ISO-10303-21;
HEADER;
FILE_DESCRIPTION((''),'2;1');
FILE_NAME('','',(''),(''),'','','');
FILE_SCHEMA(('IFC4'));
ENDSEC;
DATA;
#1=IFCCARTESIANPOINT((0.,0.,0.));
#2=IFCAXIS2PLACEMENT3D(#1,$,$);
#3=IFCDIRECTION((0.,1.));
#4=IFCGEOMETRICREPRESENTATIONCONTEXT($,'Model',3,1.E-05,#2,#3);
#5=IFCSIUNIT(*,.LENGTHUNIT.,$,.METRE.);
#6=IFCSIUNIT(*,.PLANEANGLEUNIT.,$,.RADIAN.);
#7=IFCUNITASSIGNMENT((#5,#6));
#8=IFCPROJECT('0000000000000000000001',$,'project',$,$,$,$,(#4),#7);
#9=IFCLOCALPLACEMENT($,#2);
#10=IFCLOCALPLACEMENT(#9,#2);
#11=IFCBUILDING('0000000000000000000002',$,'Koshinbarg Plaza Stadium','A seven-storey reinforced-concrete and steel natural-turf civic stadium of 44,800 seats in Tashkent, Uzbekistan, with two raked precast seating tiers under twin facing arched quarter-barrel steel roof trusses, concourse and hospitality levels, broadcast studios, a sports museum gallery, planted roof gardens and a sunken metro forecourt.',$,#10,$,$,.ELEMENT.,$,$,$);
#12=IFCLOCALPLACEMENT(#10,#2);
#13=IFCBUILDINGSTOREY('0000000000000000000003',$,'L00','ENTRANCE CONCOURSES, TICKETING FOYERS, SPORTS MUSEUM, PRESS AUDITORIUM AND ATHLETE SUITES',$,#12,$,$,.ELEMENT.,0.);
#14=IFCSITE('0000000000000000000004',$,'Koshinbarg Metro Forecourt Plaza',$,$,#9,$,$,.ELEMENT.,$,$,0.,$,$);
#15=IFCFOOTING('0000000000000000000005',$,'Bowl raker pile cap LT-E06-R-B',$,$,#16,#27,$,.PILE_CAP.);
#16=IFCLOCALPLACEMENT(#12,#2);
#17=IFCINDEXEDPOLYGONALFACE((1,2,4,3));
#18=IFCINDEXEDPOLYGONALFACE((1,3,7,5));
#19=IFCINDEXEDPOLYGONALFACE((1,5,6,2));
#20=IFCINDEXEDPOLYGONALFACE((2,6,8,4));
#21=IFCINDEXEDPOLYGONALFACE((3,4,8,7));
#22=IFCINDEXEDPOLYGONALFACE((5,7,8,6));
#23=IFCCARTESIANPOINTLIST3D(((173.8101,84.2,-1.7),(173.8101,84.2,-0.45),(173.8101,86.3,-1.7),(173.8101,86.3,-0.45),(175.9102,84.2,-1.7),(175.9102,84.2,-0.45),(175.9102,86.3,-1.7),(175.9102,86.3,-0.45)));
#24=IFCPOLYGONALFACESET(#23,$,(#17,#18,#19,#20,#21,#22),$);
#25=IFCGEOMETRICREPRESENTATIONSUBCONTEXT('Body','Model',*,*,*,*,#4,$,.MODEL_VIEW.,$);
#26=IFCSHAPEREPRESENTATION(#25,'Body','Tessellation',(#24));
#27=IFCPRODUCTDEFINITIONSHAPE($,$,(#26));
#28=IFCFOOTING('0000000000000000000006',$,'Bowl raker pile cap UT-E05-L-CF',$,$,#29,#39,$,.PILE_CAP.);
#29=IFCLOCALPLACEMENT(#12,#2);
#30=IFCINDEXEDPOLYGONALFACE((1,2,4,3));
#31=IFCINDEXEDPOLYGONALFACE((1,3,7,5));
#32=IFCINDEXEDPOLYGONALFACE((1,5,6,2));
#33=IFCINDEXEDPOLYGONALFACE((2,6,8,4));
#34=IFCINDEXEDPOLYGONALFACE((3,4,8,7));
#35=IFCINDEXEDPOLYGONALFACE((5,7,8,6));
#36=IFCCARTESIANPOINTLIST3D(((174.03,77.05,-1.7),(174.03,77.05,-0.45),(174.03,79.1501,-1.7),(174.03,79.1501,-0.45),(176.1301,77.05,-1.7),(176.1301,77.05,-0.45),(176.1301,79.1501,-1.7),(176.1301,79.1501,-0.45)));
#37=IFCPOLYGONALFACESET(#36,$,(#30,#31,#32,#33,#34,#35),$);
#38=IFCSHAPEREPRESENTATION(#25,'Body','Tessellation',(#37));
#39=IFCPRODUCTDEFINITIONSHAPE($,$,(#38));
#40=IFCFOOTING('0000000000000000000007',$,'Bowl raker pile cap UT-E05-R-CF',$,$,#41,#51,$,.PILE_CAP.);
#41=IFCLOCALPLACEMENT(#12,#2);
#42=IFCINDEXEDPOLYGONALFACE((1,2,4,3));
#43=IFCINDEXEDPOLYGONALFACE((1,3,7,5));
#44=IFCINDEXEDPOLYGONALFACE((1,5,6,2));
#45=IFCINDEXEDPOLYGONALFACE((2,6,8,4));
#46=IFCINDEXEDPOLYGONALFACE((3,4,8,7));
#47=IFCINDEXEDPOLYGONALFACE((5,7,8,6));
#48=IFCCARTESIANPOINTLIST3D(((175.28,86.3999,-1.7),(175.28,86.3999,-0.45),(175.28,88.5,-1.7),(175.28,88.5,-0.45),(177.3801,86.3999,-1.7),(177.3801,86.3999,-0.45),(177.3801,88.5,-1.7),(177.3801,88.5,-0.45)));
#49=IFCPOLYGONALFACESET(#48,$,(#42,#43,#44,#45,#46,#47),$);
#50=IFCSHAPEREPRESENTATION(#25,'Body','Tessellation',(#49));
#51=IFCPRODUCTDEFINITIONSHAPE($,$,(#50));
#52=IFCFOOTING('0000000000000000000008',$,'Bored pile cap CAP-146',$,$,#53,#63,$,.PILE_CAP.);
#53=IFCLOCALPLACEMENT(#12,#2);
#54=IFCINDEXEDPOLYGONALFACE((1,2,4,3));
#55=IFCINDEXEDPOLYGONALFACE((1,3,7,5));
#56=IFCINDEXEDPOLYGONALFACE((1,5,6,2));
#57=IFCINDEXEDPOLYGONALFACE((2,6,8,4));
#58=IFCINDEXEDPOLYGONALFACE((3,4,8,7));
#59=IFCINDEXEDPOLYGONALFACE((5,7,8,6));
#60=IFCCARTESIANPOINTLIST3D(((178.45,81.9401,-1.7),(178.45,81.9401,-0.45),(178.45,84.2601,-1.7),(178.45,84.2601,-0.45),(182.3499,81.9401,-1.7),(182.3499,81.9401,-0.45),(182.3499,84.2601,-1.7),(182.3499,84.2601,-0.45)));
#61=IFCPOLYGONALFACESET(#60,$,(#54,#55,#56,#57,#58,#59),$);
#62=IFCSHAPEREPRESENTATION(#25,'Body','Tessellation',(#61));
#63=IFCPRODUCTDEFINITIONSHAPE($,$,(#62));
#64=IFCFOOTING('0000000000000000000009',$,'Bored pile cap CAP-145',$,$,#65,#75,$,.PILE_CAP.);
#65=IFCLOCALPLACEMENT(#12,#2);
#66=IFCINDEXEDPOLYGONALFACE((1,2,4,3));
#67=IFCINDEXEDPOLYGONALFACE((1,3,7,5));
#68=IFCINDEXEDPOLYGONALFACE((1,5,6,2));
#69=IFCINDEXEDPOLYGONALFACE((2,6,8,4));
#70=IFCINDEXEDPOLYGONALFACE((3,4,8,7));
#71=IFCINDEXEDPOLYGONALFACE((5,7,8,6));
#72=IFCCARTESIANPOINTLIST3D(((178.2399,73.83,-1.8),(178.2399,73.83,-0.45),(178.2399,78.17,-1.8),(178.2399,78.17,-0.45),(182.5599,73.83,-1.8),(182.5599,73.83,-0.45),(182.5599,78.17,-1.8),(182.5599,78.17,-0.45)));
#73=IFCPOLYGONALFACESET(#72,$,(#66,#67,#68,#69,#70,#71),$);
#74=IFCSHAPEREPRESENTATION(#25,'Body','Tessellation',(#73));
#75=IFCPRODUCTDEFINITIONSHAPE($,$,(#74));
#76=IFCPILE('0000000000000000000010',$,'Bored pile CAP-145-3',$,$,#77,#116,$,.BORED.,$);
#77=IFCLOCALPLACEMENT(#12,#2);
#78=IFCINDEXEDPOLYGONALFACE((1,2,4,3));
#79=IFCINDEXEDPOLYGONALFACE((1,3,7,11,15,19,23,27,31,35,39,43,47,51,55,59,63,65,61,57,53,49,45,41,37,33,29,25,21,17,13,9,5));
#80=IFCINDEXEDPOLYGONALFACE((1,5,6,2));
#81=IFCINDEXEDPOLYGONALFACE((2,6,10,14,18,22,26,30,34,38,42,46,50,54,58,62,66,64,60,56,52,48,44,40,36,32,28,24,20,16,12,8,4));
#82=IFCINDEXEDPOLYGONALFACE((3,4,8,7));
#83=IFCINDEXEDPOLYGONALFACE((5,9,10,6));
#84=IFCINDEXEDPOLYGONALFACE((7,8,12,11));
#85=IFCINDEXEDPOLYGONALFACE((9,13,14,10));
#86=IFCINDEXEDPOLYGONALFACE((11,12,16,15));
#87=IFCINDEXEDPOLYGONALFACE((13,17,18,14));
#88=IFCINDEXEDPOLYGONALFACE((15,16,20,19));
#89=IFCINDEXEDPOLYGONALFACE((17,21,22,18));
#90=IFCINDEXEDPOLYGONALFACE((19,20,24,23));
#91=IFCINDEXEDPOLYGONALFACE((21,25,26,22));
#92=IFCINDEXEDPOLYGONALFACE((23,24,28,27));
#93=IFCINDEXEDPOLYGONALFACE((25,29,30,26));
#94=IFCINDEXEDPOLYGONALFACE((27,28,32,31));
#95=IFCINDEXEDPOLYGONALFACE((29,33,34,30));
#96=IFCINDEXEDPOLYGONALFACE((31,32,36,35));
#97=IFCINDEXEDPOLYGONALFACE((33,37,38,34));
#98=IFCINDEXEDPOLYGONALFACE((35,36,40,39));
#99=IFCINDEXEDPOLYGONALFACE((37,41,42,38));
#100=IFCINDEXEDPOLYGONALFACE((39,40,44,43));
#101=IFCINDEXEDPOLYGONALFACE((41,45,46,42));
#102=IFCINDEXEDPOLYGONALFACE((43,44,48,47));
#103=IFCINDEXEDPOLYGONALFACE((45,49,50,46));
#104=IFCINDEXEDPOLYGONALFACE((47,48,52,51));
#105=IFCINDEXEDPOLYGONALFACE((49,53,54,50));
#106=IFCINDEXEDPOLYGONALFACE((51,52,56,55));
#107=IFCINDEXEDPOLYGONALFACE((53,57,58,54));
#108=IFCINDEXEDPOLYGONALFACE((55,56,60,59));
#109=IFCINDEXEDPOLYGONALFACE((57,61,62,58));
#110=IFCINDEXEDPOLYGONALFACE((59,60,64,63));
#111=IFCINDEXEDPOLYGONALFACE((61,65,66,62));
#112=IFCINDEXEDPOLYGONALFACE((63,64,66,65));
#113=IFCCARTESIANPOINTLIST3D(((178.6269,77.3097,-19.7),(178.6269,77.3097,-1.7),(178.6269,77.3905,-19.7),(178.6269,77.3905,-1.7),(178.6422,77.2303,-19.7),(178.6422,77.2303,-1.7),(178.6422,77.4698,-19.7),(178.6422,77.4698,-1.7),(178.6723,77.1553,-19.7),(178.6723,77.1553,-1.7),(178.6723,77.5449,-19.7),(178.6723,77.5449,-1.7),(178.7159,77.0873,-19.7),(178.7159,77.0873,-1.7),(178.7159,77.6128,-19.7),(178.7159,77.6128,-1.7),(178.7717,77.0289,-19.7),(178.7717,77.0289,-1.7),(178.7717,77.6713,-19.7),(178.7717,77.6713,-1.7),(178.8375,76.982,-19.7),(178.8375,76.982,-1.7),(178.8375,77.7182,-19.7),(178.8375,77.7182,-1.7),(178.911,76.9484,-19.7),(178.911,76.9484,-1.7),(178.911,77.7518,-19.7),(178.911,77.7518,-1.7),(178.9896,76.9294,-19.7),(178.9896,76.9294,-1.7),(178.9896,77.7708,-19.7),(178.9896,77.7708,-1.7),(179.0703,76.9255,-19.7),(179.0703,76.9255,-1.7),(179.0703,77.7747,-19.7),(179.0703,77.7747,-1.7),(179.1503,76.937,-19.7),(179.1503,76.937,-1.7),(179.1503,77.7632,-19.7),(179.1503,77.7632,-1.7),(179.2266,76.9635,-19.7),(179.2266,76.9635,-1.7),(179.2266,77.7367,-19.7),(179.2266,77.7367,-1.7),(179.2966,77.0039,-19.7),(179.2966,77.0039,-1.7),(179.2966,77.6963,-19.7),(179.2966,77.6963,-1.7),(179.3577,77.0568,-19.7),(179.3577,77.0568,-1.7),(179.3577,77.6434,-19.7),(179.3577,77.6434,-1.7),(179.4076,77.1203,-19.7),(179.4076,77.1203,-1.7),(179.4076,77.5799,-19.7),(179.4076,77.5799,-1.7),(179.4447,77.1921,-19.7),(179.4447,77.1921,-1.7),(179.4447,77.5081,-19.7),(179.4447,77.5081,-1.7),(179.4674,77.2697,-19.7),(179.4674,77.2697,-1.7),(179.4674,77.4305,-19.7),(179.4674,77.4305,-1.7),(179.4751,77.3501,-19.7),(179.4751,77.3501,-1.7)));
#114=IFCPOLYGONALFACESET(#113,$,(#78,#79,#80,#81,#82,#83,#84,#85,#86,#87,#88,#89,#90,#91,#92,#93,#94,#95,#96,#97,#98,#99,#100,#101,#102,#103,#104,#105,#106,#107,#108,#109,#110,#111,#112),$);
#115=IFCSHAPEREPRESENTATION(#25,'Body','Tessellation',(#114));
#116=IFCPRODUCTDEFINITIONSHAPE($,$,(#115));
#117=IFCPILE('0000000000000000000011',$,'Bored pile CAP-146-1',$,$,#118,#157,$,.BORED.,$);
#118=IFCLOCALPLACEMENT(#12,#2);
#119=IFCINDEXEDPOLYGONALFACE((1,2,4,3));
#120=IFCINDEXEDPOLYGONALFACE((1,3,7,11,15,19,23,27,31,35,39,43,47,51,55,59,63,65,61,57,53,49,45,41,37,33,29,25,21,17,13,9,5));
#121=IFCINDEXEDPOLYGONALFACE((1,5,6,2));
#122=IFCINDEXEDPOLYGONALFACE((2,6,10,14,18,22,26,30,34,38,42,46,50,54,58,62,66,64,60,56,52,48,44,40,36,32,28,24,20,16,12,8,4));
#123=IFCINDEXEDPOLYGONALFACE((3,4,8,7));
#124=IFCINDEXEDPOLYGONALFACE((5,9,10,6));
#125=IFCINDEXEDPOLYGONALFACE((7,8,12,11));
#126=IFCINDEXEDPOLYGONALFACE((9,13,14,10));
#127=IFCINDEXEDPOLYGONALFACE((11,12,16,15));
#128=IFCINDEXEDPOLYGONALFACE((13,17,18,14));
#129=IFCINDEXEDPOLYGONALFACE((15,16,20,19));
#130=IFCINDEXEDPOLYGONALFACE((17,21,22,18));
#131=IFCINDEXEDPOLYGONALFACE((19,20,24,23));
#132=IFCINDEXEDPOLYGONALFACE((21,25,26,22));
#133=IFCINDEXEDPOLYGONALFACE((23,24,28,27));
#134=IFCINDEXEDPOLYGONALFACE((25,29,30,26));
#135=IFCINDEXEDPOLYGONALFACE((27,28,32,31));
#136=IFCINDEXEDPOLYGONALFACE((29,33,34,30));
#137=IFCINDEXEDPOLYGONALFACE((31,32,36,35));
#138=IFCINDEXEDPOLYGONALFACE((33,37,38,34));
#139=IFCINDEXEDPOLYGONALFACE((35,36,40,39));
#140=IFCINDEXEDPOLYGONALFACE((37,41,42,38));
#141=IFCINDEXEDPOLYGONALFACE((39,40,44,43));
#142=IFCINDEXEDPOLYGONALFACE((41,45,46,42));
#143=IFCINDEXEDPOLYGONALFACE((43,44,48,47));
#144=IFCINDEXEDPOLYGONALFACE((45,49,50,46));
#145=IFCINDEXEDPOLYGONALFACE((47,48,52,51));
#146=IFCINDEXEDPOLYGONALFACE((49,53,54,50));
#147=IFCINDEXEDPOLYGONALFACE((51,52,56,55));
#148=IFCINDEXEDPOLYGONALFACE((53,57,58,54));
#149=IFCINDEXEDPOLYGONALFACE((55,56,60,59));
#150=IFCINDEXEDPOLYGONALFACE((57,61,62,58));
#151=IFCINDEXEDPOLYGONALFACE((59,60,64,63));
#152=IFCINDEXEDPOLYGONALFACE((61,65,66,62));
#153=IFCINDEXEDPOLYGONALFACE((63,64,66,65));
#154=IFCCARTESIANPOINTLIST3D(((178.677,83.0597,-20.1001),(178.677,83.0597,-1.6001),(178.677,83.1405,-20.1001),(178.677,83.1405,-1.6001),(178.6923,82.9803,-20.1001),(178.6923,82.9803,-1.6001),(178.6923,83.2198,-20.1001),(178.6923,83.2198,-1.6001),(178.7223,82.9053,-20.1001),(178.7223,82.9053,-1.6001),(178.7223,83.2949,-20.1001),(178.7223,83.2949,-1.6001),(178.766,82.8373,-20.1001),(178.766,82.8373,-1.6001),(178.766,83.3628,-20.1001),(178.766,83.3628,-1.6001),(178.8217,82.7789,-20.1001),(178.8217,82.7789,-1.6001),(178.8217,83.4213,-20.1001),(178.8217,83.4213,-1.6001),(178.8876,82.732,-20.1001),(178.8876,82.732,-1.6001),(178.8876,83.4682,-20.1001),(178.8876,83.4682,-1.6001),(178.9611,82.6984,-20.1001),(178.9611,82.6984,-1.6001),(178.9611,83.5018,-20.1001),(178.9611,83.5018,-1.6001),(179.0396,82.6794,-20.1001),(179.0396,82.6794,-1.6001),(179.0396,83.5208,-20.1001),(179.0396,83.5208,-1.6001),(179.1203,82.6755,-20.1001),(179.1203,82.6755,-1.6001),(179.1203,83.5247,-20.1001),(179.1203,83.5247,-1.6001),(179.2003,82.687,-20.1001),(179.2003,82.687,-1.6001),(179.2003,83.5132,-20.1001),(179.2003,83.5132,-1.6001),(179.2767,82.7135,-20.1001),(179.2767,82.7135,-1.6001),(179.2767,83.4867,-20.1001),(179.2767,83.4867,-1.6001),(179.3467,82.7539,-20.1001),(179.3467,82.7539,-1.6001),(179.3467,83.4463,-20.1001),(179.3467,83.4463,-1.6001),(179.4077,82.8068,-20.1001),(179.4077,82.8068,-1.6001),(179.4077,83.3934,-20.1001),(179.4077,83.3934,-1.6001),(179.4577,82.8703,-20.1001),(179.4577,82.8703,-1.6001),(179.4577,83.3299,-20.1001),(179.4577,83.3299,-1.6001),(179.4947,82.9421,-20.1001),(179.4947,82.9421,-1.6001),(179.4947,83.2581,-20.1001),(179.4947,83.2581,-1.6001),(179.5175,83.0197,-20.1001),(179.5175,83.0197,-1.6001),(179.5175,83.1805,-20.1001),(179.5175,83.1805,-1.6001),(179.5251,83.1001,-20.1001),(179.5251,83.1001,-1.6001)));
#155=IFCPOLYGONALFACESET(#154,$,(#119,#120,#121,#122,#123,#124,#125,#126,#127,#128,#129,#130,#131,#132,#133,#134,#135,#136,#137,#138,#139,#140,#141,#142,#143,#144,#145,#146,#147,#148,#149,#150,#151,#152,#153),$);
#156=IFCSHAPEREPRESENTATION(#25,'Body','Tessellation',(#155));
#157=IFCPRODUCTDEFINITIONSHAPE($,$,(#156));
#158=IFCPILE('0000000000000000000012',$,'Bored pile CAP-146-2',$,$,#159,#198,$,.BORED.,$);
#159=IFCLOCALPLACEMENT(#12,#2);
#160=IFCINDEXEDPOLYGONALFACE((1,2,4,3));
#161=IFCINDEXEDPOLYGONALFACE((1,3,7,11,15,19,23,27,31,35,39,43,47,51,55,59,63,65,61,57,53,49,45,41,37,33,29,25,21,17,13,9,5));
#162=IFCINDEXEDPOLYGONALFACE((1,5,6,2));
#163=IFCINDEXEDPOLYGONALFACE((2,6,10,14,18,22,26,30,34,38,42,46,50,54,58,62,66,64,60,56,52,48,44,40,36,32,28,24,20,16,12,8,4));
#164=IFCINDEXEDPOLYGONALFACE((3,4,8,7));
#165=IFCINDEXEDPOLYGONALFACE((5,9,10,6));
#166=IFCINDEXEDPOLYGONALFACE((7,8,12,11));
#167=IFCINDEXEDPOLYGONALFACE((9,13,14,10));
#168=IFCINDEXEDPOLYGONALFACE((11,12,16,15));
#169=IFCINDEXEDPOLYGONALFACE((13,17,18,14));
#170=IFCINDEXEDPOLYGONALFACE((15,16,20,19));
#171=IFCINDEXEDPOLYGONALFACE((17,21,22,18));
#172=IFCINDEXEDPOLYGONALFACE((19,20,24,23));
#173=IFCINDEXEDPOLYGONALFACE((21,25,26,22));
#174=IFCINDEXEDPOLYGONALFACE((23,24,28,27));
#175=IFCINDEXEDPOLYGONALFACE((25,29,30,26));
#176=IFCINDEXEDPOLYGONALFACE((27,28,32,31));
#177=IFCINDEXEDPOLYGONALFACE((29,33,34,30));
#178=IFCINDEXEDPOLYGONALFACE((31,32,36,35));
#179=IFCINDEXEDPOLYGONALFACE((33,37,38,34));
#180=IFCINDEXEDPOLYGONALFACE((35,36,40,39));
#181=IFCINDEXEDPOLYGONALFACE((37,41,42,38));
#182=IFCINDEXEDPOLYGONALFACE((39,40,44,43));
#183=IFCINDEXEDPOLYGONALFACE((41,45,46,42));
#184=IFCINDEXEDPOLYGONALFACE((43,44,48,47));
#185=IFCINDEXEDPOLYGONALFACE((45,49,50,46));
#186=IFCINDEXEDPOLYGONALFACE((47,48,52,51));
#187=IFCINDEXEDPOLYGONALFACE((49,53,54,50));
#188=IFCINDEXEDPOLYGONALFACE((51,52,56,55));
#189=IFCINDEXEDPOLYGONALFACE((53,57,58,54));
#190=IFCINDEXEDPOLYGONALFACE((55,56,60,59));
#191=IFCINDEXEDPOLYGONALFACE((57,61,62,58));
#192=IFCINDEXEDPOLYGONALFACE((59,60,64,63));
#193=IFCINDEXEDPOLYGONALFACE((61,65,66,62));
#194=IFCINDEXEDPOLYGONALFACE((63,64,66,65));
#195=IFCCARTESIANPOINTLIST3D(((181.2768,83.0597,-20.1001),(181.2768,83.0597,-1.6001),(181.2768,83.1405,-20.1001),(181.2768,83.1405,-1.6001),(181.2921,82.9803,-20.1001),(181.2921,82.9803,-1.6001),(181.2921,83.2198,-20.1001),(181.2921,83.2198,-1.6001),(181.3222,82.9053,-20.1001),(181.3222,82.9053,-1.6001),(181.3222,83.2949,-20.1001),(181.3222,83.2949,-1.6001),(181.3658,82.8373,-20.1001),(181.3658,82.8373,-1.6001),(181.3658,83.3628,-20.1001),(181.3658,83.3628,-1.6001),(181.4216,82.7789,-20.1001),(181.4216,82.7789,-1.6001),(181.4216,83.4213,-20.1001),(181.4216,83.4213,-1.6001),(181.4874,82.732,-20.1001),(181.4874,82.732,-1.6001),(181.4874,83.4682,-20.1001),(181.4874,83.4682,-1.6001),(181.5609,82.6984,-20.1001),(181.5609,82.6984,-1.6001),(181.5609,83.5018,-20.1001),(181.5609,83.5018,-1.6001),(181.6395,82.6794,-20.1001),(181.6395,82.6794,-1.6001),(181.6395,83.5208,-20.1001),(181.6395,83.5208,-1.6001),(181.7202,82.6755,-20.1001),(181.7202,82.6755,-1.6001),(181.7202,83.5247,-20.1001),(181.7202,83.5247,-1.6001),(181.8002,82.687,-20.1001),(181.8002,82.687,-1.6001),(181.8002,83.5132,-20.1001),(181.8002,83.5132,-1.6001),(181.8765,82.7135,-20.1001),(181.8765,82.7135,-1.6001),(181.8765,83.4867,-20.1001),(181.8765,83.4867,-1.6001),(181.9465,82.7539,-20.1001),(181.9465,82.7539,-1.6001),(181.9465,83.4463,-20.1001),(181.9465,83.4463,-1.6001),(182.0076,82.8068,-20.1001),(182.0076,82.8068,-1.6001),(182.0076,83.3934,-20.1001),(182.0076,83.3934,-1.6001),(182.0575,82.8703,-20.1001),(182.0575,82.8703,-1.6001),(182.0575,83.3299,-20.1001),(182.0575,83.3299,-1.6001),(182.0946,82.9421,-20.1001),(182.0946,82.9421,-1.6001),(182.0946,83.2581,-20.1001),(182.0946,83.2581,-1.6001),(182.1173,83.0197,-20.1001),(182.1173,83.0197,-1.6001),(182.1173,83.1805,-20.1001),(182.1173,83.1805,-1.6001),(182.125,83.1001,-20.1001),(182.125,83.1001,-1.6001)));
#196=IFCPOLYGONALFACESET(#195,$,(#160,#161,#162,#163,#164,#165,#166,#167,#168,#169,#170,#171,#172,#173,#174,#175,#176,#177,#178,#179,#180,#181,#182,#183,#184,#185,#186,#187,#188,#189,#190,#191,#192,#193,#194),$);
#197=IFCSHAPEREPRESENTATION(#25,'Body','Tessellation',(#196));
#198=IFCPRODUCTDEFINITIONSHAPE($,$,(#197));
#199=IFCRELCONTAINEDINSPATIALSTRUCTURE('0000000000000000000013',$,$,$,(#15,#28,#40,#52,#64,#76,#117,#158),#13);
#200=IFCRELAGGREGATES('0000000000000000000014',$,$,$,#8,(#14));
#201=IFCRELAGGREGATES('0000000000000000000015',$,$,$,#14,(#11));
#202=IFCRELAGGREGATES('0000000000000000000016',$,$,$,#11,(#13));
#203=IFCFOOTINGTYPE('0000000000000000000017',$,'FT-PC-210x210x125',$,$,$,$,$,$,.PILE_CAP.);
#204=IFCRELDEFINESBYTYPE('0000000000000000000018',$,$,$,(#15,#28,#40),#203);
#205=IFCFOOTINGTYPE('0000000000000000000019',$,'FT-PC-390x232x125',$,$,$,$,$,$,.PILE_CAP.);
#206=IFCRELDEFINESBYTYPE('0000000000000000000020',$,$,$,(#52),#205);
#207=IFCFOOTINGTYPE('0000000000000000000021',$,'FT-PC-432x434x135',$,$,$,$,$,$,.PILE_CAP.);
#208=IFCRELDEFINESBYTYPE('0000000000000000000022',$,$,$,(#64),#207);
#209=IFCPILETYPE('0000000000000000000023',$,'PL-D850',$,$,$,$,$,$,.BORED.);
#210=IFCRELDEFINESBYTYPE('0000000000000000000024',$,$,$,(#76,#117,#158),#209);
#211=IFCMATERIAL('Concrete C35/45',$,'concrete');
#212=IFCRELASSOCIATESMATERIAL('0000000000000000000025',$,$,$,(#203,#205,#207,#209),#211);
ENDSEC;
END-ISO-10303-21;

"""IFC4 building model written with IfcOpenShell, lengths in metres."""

from ifc_helpers import new_model, si_unit, direction, frame, origin, origin_2d, place, context, subcontext, project, spatial, rectangle, circle, extrude, material, material_profile, profile_set, type_object, element, save


model = new_model("IFC4")

# Units and contexts
model_context = context("Model", 3, precision=1e-05, world=origin(), true_north=direction((0.0, 1.0)))
body_context = subcontext(model_context, "Body", "Model", "MODEL_VIEW")
ifc_project = project(units=[si_unit("LENGTHUNIT", "METRE"), si_unit("PLANEANGLEUNIT", "RADIAN")], contexts=[model_context])

# Site, building, storey
site_placement = place(None, origin())
site = spatial("IfcSite", under=ifc_project, at=site_placement, Name="Koshinbarg Metro Forecourt Plaza", CompositionType="ELEMENT", RefElevation=0.0)
building_placement = place(site_placement, origin())
building = spatial("IfcBuilding", under=site, at=building_placement, Name="Koshinbarg Plaza Stadium", Description="A seven-storey reinforced-concrete and steel natural-turf civic stadium of 44,800 seats in Tashkent, Uzbekistan, with two raked precast seating tiers under twin facing arched quarter-barrel steel roof trusses, concourse and hospitality levels, broadcast studios, a sports museum gallery, planted roof gardens and a sunken metro forecourt.", CompositionType="ELEMENT")
storey_placement = place(building_placement, origin())
storey = spatial("IfcBuildingStorey", under=building, at=storey_placement, Name="L00", Description="ENTRANCE CONCOURSES, TICKETING FOYERS, SPORTS MUSEUM, PRESS AUDITORIUM AND ATHLETE SUITES", CompositionType="ELEMENT", Elevation=0.0)

# Footings
ifc_material_1 = material(Name="Concrete C35/45", Category="concrete")
footing_type_1 = type_object("IfcFootingType", Name="FT-PC-210x210x125", PredefinedType="PILE_CAP", material=ifc_material_1)
for number, where, z_axis, x_axis, name in (
    (1, (174.8601, 85.25, -1.7), (0.0, 0.0, 1.0), (1.0, 0.0, 0.0), "Bowl raker pile cap LT-E06-R-B"),
    (2, (175.0801, 78.1001, -1.7), (0.0, 0.0, 1.0), (1.0, 0.0, 0.0), "Bowl raker pile cap UT-E05-L-CF"),
    (3, (176.3301, 87.45, -1.7), (0.0, 0.0, 1.0), (1.0, 0.0, 0.0), "Bowl raker pile cap UT-E05-R-CF"),
):
    element("IfcFooting", number, at=place(storey_placement, frame(where, z_axis=z_axis, x_axis=x_axis)), inside=storey, type_object=footing_type_1, Name=name, PredefinedType="PILE_CAP", context=body_context, shape_type="SweptSolid", body=[
        extrude(rectangle(XDim=2.1001, YDim=2.1001, at=origin_2d()), origin(), (0.0, 0.0, 1.0), 1.25),
    ])
footing_type_2 = type_object("IfcFootingType", Name="FT-PC-390x232x125", PredefinedType="PILE_CAP", material=ifc_material_1)
footing_1_placement = place(storey_placement, frame((180.3999, 83.1001, -1.7), z_axis=(0.0, 0.0, 1.0), x_axis=(1.0, 0.0, 0.0)))
element("IfcFooting", 4, at=footing_1_placement, inside=storey, type_object=footing_type_2, Name="Bored pile cap CAP-146", PredefinedType="PILE_CAP", context=body_context, shape_type="SweptSolid", body=[
    extrude(rectangle(XDim=3.8999, YDim=2.3201, at=origin_2d()), origin(), (0.0, 0.0, 1.0), 1.25),
])
footing_type_3 = type_object("IfcFootingType", Name="FT-PC-432x434x135", PredefinedType="PILE_CAP", material=ifc_material_1)
footing_2_placement = place(storey_placement, frame((180.3999, 76.0, -1.8), z_axis=(0.0, 0.0, 1.0), x_axis=(1.0, 0.0, 0.0)))
element("IfcFooting", 5, at=footing_2_placement, inside=storey, type_object=footing_type_3, Name="Bored pile cap CAP-145", PredefinedType="PILE_CAP", context=body_context, shape_type="SweptSolid", body=[
    extrude(rectangle(XDim=4.3201, YDim=4.3401, at=origin_2d()), origin(), (0.0, 0.0, 1.0), 1.3501),
])

# Piles
ifc_material_profile_1 = material_profile(ifc_material_1, circle(Radius=0.425, at=origin_2d()), Name="PILE D850")
ifc_profile_set_1 = profile_set([ifc_material_profile_1], Name="Concrete C35/45")
pile_type_1 = type_object("IfcPileType", Name="PL-D850", PredefinedType="BORED", material=ifc_profile_set_1)
pile_placement = place(storey_placement, frame((179.05, 77.3501, -1.7), z_axis=(0.0, 0.0, -1.0), x_axis=(1.0, 0.0, 0.0)))
element("IfcPile", 6, at=pile_placement, inside=storey, type_object=pile_type_1, Name="Bored pile CAP-145-3", PredefinedType="BORED", context=body_context, shape_type="SweptSolid", body=[
    extrude(circle(Radius=0.425, at=origin_2d()), origin(), (0.0, 0.0, 1.0), 18.0),
])
for number, where, z_axis, x_axis, name in (
    (7, (179.1001, 83.1001, -1.6001), (0.0, 0.0, -1.0), (1.0, 0.0, 0.0), "Bored pile CAP-146-1"),
    (8, (181.7, 83.1001, -1.6001), (0.0, 0.0, -1.0), (1.0, 0.0, 0.0), "Bored pile CAP-146-2"),
):
    element("IfcPile", number, at=place(storey_placement, frame(where, z_axis=z_axis, x_axis=x_axis)), inside=storey, type_object=pile_type_1, Name=name, PredefinedType="BORED", context=body_context, shape_type="SweptSolid", body=[
        extrude(circle(Radius=0.425, at=origin_2d()), origin(), (0.0, 0.0, 1.0), 18.5),
    ])

save(model, "model.ifc")
